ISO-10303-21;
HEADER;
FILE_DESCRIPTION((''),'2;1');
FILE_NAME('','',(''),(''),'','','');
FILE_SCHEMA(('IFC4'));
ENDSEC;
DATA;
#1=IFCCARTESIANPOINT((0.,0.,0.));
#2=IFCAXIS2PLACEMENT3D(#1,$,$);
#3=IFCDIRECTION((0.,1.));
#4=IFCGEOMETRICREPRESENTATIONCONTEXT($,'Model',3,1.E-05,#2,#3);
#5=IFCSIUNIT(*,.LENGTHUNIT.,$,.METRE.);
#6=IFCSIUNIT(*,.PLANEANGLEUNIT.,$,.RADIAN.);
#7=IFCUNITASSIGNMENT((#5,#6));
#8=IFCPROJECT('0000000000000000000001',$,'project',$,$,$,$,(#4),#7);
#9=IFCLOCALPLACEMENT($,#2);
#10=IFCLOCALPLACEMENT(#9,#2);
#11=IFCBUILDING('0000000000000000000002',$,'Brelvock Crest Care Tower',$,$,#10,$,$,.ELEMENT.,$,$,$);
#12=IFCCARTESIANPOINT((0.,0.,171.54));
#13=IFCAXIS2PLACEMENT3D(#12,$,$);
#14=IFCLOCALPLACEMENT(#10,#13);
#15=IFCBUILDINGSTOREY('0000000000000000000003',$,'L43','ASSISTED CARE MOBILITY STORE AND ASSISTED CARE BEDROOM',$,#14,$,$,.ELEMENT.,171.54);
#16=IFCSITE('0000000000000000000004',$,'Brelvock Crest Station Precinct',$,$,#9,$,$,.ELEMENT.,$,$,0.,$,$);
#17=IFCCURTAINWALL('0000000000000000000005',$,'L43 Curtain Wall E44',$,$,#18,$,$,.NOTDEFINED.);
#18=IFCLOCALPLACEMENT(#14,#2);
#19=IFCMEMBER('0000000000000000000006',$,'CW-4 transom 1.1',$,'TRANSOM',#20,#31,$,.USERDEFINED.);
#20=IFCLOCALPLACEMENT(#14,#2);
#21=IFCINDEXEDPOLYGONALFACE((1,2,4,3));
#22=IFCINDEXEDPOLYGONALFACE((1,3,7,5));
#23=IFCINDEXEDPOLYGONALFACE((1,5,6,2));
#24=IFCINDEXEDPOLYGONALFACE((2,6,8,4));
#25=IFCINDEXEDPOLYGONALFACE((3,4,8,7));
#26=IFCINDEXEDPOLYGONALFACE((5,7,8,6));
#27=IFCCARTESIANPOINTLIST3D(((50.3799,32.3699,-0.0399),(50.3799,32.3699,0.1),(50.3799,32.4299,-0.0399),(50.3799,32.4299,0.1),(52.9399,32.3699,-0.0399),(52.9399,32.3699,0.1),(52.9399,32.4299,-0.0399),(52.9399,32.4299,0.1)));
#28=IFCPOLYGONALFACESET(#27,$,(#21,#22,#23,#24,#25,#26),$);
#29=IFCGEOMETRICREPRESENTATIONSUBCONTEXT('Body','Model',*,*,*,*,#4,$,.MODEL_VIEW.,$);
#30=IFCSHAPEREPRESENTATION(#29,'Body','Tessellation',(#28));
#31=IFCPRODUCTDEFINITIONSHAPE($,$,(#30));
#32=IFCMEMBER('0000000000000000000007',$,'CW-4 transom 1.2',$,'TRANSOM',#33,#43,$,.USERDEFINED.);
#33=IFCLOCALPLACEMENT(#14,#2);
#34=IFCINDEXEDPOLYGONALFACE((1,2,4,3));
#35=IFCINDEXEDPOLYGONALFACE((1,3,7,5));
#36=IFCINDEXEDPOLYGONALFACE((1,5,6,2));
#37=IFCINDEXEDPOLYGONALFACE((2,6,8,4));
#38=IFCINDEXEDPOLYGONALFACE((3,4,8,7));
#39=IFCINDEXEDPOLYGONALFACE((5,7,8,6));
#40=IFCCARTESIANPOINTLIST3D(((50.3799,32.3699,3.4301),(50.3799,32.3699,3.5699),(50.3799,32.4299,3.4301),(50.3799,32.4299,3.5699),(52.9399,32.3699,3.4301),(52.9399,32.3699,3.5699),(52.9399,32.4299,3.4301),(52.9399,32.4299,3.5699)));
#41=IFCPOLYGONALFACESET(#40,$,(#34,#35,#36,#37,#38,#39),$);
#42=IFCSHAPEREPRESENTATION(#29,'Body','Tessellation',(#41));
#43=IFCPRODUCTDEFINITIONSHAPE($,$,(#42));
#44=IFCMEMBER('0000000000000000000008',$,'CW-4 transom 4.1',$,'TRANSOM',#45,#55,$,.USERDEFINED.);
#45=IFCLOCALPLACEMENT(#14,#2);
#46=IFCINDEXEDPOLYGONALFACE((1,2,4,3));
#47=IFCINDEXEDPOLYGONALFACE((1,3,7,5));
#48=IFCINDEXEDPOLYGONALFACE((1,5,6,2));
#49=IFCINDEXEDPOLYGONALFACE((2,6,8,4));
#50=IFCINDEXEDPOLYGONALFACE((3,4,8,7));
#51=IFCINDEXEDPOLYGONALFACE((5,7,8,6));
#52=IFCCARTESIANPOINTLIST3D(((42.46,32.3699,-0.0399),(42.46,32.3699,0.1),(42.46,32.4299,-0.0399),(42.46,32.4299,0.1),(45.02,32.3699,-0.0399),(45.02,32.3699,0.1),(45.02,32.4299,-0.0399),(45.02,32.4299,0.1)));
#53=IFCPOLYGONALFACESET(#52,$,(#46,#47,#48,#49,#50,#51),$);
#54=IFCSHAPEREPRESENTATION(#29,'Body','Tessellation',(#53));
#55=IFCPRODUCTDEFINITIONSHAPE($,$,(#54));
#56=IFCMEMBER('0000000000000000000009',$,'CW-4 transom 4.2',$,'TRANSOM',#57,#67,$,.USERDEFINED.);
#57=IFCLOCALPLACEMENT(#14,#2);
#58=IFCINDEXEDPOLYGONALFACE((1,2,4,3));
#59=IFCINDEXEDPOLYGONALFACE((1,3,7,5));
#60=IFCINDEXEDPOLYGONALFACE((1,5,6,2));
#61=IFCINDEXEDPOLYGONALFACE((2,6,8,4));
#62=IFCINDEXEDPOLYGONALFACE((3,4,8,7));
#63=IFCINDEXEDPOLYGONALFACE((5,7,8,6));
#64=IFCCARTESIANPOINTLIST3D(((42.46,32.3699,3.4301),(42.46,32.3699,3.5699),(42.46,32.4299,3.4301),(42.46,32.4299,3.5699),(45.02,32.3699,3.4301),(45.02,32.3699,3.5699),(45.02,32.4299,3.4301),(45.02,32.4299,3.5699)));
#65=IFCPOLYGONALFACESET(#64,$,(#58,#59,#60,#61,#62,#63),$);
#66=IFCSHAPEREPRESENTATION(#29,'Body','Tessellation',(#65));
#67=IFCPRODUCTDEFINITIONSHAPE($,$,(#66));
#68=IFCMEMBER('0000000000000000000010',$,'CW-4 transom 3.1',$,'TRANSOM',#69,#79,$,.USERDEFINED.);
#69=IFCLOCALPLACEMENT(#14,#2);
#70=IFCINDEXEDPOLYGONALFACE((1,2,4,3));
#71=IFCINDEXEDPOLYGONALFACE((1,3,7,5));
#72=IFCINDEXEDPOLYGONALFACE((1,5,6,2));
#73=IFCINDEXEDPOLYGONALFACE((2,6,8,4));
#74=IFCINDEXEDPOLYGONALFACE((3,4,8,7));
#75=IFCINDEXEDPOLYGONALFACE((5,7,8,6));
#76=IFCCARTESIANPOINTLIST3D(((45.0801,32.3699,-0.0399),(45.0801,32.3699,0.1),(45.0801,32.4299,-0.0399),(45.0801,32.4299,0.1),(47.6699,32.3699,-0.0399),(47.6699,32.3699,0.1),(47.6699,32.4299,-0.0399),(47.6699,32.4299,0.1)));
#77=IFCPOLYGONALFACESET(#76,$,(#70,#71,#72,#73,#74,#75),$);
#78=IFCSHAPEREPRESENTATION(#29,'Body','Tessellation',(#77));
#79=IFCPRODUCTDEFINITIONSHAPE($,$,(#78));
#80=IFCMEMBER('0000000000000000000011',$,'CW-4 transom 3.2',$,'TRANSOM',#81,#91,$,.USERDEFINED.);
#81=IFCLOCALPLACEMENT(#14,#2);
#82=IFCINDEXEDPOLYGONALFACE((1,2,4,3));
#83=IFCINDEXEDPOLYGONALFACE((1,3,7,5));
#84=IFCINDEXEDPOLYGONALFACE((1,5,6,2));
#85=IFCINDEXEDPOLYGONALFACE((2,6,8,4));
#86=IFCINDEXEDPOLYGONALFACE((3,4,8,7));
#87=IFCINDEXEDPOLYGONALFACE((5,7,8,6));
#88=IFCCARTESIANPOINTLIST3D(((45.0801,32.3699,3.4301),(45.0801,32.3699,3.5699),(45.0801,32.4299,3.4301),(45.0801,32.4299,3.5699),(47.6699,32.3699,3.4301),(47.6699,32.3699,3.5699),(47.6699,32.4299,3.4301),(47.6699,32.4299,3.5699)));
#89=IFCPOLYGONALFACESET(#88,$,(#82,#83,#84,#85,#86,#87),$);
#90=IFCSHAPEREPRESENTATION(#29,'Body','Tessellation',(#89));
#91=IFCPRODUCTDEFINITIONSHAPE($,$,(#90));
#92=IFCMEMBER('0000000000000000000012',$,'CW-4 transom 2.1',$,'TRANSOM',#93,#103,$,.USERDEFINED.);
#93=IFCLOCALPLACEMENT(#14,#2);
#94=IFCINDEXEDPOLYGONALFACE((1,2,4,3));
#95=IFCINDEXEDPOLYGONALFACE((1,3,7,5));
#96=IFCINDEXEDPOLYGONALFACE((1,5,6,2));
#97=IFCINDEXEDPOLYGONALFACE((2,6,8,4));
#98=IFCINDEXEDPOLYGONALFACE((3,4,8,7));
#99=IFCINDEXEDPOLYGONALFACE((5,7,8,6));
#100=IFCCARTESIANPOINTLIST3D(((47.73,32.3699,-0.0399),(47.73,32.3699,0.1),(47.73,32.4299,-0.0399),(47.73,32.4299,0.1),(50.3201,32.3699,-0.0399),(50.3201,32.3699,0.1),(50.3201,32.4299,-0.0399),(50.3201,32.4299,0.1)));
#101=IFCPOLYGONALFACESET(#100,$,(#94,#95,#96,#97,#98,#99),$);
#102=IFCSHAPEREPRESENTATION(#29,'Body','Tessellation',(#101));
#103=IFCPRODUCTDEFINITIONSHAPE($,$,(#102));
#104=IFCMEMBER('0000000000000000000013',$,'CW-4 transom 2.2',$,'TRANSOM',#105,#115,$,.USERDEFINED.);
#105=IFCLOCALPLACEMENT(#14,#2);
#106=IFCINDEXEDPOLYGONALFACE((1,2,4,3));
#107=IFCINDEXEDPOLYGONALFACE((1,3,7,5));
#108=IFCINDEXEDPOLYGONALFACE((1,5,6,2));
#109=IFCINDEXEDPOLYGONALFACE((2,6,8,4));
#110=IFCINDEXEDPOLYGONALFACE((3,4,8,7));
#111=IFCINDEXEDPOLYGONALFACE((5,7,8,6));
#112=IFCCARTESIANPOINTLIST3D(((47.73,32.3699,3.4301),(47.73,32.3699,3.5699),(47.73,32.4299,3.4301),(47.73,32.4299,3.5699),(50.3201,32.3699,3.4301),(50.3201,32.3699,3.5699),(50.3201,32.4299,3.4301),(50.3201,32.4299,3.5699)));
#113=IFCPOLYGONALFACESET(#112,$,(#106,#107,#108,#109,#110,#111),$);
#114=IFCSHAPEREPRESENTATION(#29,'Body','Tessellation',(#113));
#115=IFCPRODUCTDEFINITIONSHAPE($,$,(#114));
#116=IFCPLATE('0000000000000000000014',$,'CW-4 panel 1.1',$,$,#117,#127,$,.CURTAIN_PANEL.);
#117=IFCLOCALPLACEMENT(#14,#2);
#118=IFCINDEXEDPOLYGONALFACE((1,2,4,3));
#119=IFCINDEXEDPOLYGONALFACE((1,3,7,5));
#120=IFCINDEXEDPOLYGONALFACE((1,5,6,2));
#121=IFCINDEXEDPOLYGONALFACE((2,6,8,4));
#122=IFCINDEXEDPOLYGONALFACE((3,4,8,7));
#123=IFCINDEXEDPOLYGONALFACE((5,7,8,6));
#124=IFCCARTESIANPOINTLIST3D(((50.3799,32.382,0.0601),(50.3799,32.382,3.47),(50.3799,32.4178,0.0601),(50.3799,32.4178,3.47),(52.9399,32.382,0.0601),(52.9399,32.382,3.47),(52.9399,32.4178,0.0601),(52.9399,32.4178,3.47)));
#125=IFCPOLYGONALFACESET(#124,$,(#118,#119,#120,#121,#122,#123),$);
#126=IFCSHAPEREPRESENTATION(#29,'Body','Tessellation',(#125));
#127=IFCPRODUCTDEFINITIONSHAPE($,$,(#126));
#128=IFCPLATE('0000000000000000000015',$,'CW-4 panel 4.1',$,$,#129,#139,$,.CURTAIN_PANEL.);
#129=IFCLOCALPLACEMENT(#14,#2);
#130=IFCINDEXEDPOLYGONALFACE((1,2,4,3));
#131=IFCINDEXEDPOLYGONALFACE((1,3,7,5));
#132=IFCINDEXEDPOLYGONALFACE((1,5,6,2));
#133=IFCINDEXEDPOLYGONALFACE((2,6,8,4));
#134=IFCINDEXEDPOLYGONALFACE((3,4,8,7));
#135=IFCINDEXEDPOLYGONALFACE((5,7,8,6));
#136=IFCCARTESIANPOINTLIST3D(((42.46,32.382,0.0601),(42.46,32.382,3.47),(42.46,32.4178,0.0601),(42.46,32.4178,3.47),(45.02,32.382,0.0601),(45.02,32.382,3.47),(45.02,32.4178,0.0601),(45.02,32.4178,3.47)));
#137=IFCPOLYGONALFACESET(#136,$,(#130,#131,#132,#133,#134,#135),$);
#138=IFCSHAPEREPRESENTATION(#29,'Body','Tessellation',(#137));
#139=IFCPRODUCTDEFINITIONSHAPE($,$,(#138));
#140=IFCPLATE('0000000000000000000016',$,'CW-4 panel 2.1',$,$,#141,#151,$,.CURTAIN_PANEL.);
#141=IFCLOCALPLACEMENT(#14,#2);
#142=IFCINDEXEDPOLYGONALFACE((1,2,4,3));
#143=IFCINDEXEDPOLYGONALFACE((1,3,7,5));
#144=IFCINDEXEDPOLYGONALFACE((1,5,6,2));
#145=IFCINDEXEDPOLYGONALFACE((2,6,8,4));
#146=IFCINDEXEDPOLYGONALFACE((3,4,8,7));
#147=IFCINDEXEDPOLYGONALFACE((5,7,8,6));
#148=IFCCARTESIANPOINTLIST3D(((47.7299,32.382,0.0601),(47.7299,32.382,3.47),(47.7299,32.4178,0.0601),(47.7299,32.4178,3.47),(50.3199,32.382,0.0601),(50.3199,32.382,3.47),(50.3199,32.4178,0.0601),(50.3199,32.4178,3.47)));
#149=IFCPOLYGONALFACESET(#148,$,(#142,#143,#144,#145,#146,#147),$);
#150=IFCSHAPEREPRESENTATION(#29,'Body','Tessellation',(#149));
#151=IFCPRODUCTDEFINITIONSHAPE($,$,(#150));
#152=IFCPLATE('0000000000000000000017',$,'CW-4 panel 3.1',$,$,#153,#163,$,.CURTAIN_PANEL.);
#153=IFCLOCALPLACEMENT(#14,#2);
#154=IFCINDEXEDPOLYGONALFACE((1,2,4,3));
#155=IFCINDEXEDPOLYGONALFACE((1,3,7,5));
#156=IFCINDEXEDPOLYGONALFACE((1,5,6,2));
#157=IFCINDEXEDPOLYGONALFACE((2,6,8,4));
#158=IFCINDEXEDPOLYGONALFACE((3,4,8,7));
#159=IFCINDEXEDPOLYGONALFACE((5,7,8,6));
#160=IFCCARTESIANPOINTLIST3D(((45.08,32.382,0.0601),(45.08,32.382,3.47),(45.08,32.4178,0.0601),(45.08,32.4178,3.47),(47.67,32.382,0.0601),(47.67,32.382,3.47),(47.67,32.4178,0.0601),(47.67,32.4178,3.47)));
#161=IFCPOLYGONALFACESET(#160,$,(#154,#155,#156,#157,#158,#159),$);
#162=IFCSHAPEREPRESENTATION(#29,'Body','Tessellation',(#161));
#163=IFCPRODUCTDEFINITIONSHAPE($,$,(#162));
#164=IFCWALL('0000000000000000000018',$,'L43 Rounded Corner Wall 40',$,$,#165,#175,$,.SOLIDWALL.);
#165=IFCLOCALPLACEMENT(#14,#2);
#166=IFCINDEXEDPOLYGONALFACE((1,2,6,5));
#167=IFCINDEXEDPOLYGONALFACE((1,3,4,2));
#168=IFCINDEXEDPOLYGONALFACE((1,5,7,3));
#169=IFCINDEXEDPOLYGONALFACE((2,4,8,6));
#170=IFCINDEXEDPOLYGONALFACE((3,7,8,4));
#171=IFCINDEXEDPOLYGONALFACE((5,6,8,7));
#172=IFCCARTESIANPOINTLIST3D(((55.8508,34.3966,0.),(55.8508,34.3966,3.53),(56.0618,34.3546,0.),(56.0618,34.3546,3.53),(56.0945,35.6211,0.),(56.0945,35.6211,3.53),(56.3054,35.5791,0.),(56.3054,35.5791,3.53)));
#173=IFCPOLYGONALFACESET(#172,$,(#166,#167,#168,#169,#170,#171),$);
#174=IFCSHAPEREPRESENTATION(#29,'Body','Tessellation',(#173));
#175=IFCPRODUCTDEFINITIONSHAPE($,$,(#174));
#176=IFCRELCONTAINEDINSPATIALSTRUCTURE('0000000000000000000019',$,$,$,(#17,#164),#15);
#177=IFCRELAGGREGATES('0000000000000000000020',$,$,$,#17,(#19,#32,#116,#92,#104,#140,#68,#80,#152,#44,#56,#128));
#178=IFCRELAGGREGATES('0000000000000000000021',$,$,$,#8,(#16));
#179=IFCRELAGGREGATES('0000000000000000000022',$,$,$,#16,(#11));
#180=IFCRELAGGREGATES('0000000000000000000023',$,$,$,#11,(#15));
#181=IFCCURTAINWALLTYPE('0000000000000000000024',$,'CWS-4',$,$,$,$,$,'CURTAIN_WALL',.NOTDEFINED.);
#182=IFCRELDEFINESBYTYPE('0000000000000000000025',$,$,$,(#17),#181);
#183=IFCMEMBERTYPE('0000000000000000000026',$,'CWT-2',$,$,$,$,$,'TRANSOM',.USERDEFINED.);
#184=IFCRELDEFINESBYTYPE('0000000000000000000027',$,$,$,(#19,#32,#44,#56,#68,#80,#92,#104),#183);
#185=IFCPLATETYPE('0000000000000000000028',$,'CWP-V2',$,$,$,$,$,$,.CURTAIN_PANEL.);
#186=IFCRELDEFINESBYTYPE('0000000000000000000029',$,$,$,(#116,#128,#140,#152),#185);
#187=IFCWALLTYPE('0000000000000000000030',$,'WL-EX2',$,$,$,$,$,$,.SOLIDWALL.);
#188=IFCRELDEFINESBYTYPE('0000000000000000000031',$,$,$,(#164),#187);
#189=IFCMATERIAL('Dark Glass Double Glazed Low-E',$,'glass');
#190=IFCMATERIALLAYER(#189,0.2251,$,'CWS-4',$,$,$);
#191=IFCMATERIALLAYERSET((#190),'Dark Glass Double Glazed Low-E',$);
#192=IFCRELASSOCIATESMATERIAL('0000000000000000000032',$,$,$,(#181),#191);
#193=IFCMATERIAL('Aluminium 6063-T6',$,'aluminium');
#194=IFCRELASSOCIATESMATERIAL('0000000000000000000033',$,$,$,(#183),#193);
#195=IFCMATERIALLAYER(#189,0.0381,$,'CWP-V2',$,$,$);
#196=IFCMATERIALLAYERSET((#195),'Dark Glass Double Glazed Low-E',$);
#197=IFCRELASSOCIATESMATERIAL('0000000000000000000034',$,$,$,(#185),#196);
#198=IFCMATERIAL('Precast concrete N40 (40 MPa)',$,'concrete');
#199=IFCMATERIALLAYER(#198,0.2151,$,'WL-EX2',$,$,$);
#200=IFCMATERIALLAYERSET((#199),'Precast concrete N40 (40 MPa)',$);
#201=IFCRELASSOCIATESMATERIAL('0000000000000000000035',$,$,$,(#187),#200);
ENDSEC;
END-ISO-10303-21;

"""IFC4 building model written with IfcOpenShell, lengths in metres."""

from ifc_helpers import new_model, si_unit, direction, frame, frame_2d, origin, origin_2d, place, context, subcontext, project, spatial, rectangle, extrude, source, transform, mapped, material, layer, layer_set, material_profile, profile_set, type_object, element, aggregate, save


model = new_model("IFC4")

# Units and contexts
model_context = context("Model", 3, precision=1e-05, world=origin(), true_north=direction((0.0, 1.0)))
body_context = subcontext(model_context, "Body", "Model", "MODEL_VIEW")
ifc_project = project(units=[si_unit("LENGTHUNIT", "METRE"), si_unit("PLANEANGLEUNIT", "RADIAN")], contexts=[model_context])

# Site, building, storey
site_placement = place(None, origin())
site = spatial("IfcSite", under=ifc_project, at=site_placement, Name="Brelvock Crest Station Precinct", CompositionType="ELEMENT", RefElevation=0.0)
building_placement = place(site_placement, origin())
building = spatial("IfcBuilding", under=site, at=building_placement, Name="Brelvock Crest Care Tower", CompositionType="ELEMENT")
storey_placement = place(building_placement, frame((0.0, 0.0, 171.54)))
storey = spatial("IfcBuildingStorey", under=building, at=storey_placement, Name="L43", Description="ASSISTED CARE MOBILITY STORE AND ASSISTED CARE BEDROOM", CompositionType="ELEMENT", Elevation=171.54)

# Shared definitions
ifc_material_1 = material(Name="Dark Glass Double Glazed Low-E", Category="glass")
ifc_layer_1 = layer(ifc_material_1, 0.2251, Name="CWS-4")
ifc_layer_set_1 = layer_set([ifc_layer_1], Name="Dark Glass Double Glazed Low-E")
curtain_wall_type = type_object("IfcCurtainWallType", Name="CWS-4", ElementType="CURTAIN_WALL", PredefinedType="NOTDEFINED", material=ifc_layer_set_1)
ifc_material_2 = material(Name="Aluminium 6063-T6", Category="aluminium")

# Curtain wall, members, plates
curtain_wall_1_placement = place(storey_placement, origin())
curtain_wall_1 = element("IfcCurtainWall", 1, at=curtain_wall_1_placement, inside=storey, type_object=curtain_wall_type, Name="L43 Curtain Wall E44", PredefinedType="NOTDEFINED")
ifc_material_profile_1 = material_profile(ifc_material_2, rectangle(XDim=0.0601, YDim=0.1399, at=origin_2d()), Name="ALU60x140")
ifc_profile_set_1 = profile_set([ifc_material_profile_1], Name="Aluminium 6063-T6")
member_type_1 = type_object("IfcMemberType", Name="CWT-2", ElementType="TRANSOM", PredefinedType="USERDEFINED", material=ifc_profile_set_1)
shared_shape_1 = source(origin(), body_context, "Body", "SweptSolid", [
    extrude(rectangle(XDim=0.0601, YDim=0.1399, at=origin_2d()), origin(), (0.0, 0.0, 1.0), 2.5601),
])
member_1_placement = place(storey_placement, frame((52.9399, 32.3999, 0.03), z_axis=(-1.0, 0.0, 0.0), x_axis=(0.0, -1.0, 0.0)))
member_1 = element("IfcMember", 2, at=member_1_placement, type_object=member_type_1, Name="CW-4 transom 1.1", ObjectType="TRANSOM", PredefinedType="USERDEFINED", context=body_context, shape_type="MappedRepresentation", body=[
    mapped(shared_shape_1, transform((0.0, 0.0, 0.0), x_axis=(1.0, 0.0, 0.0), y_axis=(0.0, 1.0, 0.0), z_axis=(0.0, 0.0, 1.0), scale=1.0)),
])
member_2_placement = place(storey_placement, frame((52.9399, 32.3999, 3.5), z_axis=(-1.0, 0.0, 0.0), x_axis=(0.0, -1.0, 0.0)))
member_2 = element("IfcMember", 3, at=member_2_placement, type_object=member_type_1, Name="CW-4 transom 1.2", ObjectType="TRANSOM", PredefinedType="USERDEFINED", context=body_context, shape_type="MappedRepresentation", body=[
    mapped(shared_shape_1, transform((0.0, 0.0, 0.0), x_axis=(1.0, 0.0, 0.0), y_axis=(0.0, 1.0, 0.0), z_axis=(0.0, 0.0, 1.0), scale=1.0)),
])
member_3_placement = place(storey_placement, frame((45.02, 32.3999, 0.03), z_axis=(-1.0, 0.0, 0.0), x_axis=(0.0, -1.0, 0.0)))
member_3 = element("IfcMember", 4, at=member_3_placement, type_object=member_type_1, Name="CW-4 transom 4.1", ObjectType="TRANSOM", PredefinedType="USERDEFINED", context=body_context, shape_type="MappedRepresentation", body=[
    mapped(shared_shape_1, transform((0.0, 0.0, 0.0), x_axis=(1.0, 0.0, 0.0), y_axis=(0.0, 1.0, 0.0), z_axis=(0.0, 0.0, 1.0), scale=1.0)),
])
member_4_placement = place(storey_placement, frame((45.02, 32.3999, 3.5), z_axis=(-1.0, 0.0, 0.0), x_axis=(0.0, -1.0, 0.0)))
member_4 = element("IfcMember", 5, at=member_4_placement, type_object=member_type_1, Name="CW-4 transom 4.2", ObjectType="TRANSOM", PredefinedType="USERDEFINED", context=body_context, shape_type="MappedRepresentation", body=[
    mapped(shared_shape_1, transform((0.0, 0.0, 0.0), x_axis=(1.0, 0.0, 0.0), y_axis=(0.0, 1.0, 0.0), z_axis=(0.0, 0.0, 1.0), scale=1.0)),
])
shared_shape_2 = source(origin(), body_context, "Body", "SweptSolid", [
    extrude(rectangle(XDim=0.0601, YDim=0.1399, at=origin_2d()), origin(), (0.0, 0.0, 1.0), 2.5898),
])
member_5_placement = place(storey_placement, frame((47.6699, 32.3999, 0.03), z_axis=(-1.0, 0.0, 0.0), x_axis=(0.0, -1.0, 0.0)))
member_5 = element("IfcMember", 6, at=member_5_placement, type_object=member_type_1, Name="CW-4 transom 3.1", ObjectType="TRANSOM", PredefinedType="USERDEFINED", context=body_context, shape_type="MappedRepresentation", body=[
    mapped(shared_shape_2, transform((0.0, 0.0, 0.0), x_axis=(1.0, 0.0, 0.0), y_axis=(0.0, 1.0, 0.0), z_axis=(0.0, 0.0, 1.0), scale=1.0)),
])
member_6_placement = place(storey_placement, frame((47.6699, 32.3999, 3.5), z_axis=(-1.0, 0.0, 0.0), x_axis=(0.0, -1.0, 0.0)))
member_6 = element("IfcMember", 7, at=member_6_placement, type_object=member_type_1, Name="CW-4 transom 3.2", ObjectType="TRANSOM", PredefinedType="USERDEFINED", context=body_context, shape_type="MappedRepresentation", body=[
    mapped(shared_shape_2, transform((0.0, 0.0, 0.0), x_axis=(1.0, 0.0, 0.0), y_axis=(0.0, 1.0, 0.0), z_axis=(0.0, 0.0, 1.0), scale=1.0)),
])
shared_shape_3 = source(origin(), body_context, "Body", "SweptSolid", [
    extrude(rectangle(XDim=0.0601, YDim=0.1399, at=origin_2d()), origin(), (0.0, 0.0, 1.0), 2.5901),
])
member_7_placement = place(storey_placement, frame((50.3201, 32.3999, 0.03), z_axis=(-1.0, 0.0, 0.0), x_axis=(0.0, -1.0, 0.0)))
member_7 = element("IfcMember", 8, at=member_7_placement, type_object=member_type_1, Name="CW-4 transom 2.1", ObjectType="TRANSOM", PredefinedType="USERDEFINED", context=body_context, shape_type="MappedRepresentation", body=[
    mapped(shared_shape_3, transform((0.0, 0.0, 0.0), x_axis=(1.0, 0.0, 0.0), y_axis=(0.0, 1.0, 0.0), z_axis=(0.0, 0.0, 1.0), scale=1.0)),
])
member_8_placement = place(storey_placement, frame((50.3201, 32.3999, 3.5), z_axis=(-1.0, 0.0, 0.0), x_axis=(0.0, -1.0, 0.0)))
member_8 = element("IfcMember", 9, at=member_8_placement, type_object=member_type_1, Name="CW-4 transom 2.2", ObjectType="TRANSOM", PredefinedType="USERDEFINED", context=body_context, shape_type="MappedRepresentation", body=[
    mapped(shared_shape_3, transform((0.0, 0.0, 0.0), x_axis=(1.0, 0.0, 0.0), y_axis=(0.0, 1.0, 0.0), z_axis=(0.0, 0.0, 1.0), scale=1.0)),
])
ifc_layer_2 = layer(ifc_material_1, 0.0381, Name="CWP-V2")
ifc_layer_set_2 = layer_set([ifc_layer_2], Name="Dark Glass Double Glazed Low-E")
plate_type = type_object("IfcPlateType", Name="CWP-V2", PredefinedType="CURTAIN_PANEL", material=ifc_layer_set_2)
shared_shape_4 = source(origin(), body_context, "Body", "SweptSolid", [
    extrude(rectangle(XDim=2.5601, YDim=0.0359, at=origin_2d()), origin(), (0.0, 0.0, 1.0), 3.4099),
])
plate_1_placement = place(storey_placement, frame((51.6599, 32.3999, 0.0601), z_axis=(0.0, 0.0, 1.0), x_axis=(-1.0, 0.0, 0.0)))
plate_1 = element("IfcPlate", 10, at=plate_1_placement, type_object=plate_type, Name="CW-4 panel 1.1", PredefinedType="CURTAIN_PANEL", context=body_context, shape_type="MappedRepresentation", body=[
    mapped(shared_shape_4, transform((0.0, 0.0, 0.0), x_axis=(1.0, 0.0, 0.0), y_axis=(0.0, 1.0, 0.0), z_axis=(0.0, 0.0, 1.0), scale=1.0)),
])
plate_2_placement = place(storey_placement, frame((43.74, 32.3999, 0.0601), z_axis=(0.0, 0.0, 1.0), x_axis=(-1.0, 0.0, 0.0)))
plate_2 = element("IfcPlate", 11, at=plate_2_placement, type_object=plate_type, Name="CW-4 panel 4.1", PredefinedType="CURTAIN_PANEL", context=body_context, shape_type="MappedRepresentation", body=[
    mapped(shared_shape_4, transform((0.0, 0.0, 0.0), x_axis=(1.0, 0.0, 0.0), y_axis=(0.0, 1.0, 0.0), z_axis=(0.0, 0.0, 1.0), scale=1.0)),
])
shared_shape_5 = source(origin(), body_context, "Body", "SweptSolid", [
    extrude(rectangle(XDim=2.5901, YDim=0.0359, at=origin_2d()), origin(), (0.0, 0.0, 1.0), 3.4099),
])
plate_3_placement = place(storey_placement, frame((49.0249, 32.3999, 0.0601), z_axis=(0.0, 0.0, 1.0), x_axis=(-1.0, 0.0, 0.0)))
plate_3 = element("IfcPlate", 12, at=plate_3_placement, type_object=plate_type, Name="CW-4 panel 2.1", PredefinedType="CURTAIN_PANEL", context=body_context, shape_type="MappedRepresentation", body=[
    mapped(shared_shape_5, transform((0.0, 0.0, 0.0), x_axis=(1.0, 0.0, 0.0), y_axis=(0.0, 1.0, 0.0), z_axis=(0.0, 0.0, 1.0), scale=1.0)),
])
plate_4_placement = place(storey_placement, frame((46.375, 32.3999, 0.0601), z_axis=(0.0, 0.0, 1.0), x_axis=(-1.0, 0.0, 0.0)))
plate_4 = element("IfcPlate", 13, at=plate_4_placement, type_object=plate_type, Name="CW-4 panel 3.1", PredefinedType="CURTAIN_PANEL", context=body_context, shape_type="MappedRepresentation", body=[
    mapped(shared_shape_5, transform((0.0, 0.0, 0.0), x_axis=(1.0, 0.0, 0.0), y_axis=(0.0, 1.0, 0.0), z_axis=(0.0, 0.0, 1.0), scale=1.0)),
])
aggregate(curtain_wall_1, [member_1, member_2, plate_1, member_7, member_8, plate_3, member_5, member_6, plate_4, member_3, member_4, plate_2])

# Wall
ifc_material_3 = material(Name="Precast concrete N40 (40 MPa)", Category="concrete")
ifc_layer_3 = layer(ifc_material_3, 0.2151, Name="WL-EX2")
ifc_layer_set_3 = layer_set([ifc_layer_3], Name="Precast concrete N40 (40 MPa)")
wall_type_1 = type_object("IfcWallType", Name="WL-EX2", PredefinedType="SOLIDWALL", material=ifc_layer_set_3)
for number, where, z_axis, x_axis, name in (
    (14, (56.2, 35.6001, 0.0), (0.0, 0.0, 1.0), (-0.195138, -0.980776, 0.0), "L43 Rounded Corner Wall 40"),
):
    element("IfcWall", number, at=place(storey_placement, frame(where, z_axis=z_axis, x_axis=x_axis)), inside=storey, type_object=wall_type_1, Name=name, PredefinedType="SOLIDWALL", context=body_context, shape_type="SweptSolid", body=[
        extrude(rectangle(XDim=1.2485, YDim=0.2151, at=frame_2d((0.6243, 0.0))), origin(), (0.0, 0.0, 1.0), 3.53),
    ])

save(model, "model.ifc")
